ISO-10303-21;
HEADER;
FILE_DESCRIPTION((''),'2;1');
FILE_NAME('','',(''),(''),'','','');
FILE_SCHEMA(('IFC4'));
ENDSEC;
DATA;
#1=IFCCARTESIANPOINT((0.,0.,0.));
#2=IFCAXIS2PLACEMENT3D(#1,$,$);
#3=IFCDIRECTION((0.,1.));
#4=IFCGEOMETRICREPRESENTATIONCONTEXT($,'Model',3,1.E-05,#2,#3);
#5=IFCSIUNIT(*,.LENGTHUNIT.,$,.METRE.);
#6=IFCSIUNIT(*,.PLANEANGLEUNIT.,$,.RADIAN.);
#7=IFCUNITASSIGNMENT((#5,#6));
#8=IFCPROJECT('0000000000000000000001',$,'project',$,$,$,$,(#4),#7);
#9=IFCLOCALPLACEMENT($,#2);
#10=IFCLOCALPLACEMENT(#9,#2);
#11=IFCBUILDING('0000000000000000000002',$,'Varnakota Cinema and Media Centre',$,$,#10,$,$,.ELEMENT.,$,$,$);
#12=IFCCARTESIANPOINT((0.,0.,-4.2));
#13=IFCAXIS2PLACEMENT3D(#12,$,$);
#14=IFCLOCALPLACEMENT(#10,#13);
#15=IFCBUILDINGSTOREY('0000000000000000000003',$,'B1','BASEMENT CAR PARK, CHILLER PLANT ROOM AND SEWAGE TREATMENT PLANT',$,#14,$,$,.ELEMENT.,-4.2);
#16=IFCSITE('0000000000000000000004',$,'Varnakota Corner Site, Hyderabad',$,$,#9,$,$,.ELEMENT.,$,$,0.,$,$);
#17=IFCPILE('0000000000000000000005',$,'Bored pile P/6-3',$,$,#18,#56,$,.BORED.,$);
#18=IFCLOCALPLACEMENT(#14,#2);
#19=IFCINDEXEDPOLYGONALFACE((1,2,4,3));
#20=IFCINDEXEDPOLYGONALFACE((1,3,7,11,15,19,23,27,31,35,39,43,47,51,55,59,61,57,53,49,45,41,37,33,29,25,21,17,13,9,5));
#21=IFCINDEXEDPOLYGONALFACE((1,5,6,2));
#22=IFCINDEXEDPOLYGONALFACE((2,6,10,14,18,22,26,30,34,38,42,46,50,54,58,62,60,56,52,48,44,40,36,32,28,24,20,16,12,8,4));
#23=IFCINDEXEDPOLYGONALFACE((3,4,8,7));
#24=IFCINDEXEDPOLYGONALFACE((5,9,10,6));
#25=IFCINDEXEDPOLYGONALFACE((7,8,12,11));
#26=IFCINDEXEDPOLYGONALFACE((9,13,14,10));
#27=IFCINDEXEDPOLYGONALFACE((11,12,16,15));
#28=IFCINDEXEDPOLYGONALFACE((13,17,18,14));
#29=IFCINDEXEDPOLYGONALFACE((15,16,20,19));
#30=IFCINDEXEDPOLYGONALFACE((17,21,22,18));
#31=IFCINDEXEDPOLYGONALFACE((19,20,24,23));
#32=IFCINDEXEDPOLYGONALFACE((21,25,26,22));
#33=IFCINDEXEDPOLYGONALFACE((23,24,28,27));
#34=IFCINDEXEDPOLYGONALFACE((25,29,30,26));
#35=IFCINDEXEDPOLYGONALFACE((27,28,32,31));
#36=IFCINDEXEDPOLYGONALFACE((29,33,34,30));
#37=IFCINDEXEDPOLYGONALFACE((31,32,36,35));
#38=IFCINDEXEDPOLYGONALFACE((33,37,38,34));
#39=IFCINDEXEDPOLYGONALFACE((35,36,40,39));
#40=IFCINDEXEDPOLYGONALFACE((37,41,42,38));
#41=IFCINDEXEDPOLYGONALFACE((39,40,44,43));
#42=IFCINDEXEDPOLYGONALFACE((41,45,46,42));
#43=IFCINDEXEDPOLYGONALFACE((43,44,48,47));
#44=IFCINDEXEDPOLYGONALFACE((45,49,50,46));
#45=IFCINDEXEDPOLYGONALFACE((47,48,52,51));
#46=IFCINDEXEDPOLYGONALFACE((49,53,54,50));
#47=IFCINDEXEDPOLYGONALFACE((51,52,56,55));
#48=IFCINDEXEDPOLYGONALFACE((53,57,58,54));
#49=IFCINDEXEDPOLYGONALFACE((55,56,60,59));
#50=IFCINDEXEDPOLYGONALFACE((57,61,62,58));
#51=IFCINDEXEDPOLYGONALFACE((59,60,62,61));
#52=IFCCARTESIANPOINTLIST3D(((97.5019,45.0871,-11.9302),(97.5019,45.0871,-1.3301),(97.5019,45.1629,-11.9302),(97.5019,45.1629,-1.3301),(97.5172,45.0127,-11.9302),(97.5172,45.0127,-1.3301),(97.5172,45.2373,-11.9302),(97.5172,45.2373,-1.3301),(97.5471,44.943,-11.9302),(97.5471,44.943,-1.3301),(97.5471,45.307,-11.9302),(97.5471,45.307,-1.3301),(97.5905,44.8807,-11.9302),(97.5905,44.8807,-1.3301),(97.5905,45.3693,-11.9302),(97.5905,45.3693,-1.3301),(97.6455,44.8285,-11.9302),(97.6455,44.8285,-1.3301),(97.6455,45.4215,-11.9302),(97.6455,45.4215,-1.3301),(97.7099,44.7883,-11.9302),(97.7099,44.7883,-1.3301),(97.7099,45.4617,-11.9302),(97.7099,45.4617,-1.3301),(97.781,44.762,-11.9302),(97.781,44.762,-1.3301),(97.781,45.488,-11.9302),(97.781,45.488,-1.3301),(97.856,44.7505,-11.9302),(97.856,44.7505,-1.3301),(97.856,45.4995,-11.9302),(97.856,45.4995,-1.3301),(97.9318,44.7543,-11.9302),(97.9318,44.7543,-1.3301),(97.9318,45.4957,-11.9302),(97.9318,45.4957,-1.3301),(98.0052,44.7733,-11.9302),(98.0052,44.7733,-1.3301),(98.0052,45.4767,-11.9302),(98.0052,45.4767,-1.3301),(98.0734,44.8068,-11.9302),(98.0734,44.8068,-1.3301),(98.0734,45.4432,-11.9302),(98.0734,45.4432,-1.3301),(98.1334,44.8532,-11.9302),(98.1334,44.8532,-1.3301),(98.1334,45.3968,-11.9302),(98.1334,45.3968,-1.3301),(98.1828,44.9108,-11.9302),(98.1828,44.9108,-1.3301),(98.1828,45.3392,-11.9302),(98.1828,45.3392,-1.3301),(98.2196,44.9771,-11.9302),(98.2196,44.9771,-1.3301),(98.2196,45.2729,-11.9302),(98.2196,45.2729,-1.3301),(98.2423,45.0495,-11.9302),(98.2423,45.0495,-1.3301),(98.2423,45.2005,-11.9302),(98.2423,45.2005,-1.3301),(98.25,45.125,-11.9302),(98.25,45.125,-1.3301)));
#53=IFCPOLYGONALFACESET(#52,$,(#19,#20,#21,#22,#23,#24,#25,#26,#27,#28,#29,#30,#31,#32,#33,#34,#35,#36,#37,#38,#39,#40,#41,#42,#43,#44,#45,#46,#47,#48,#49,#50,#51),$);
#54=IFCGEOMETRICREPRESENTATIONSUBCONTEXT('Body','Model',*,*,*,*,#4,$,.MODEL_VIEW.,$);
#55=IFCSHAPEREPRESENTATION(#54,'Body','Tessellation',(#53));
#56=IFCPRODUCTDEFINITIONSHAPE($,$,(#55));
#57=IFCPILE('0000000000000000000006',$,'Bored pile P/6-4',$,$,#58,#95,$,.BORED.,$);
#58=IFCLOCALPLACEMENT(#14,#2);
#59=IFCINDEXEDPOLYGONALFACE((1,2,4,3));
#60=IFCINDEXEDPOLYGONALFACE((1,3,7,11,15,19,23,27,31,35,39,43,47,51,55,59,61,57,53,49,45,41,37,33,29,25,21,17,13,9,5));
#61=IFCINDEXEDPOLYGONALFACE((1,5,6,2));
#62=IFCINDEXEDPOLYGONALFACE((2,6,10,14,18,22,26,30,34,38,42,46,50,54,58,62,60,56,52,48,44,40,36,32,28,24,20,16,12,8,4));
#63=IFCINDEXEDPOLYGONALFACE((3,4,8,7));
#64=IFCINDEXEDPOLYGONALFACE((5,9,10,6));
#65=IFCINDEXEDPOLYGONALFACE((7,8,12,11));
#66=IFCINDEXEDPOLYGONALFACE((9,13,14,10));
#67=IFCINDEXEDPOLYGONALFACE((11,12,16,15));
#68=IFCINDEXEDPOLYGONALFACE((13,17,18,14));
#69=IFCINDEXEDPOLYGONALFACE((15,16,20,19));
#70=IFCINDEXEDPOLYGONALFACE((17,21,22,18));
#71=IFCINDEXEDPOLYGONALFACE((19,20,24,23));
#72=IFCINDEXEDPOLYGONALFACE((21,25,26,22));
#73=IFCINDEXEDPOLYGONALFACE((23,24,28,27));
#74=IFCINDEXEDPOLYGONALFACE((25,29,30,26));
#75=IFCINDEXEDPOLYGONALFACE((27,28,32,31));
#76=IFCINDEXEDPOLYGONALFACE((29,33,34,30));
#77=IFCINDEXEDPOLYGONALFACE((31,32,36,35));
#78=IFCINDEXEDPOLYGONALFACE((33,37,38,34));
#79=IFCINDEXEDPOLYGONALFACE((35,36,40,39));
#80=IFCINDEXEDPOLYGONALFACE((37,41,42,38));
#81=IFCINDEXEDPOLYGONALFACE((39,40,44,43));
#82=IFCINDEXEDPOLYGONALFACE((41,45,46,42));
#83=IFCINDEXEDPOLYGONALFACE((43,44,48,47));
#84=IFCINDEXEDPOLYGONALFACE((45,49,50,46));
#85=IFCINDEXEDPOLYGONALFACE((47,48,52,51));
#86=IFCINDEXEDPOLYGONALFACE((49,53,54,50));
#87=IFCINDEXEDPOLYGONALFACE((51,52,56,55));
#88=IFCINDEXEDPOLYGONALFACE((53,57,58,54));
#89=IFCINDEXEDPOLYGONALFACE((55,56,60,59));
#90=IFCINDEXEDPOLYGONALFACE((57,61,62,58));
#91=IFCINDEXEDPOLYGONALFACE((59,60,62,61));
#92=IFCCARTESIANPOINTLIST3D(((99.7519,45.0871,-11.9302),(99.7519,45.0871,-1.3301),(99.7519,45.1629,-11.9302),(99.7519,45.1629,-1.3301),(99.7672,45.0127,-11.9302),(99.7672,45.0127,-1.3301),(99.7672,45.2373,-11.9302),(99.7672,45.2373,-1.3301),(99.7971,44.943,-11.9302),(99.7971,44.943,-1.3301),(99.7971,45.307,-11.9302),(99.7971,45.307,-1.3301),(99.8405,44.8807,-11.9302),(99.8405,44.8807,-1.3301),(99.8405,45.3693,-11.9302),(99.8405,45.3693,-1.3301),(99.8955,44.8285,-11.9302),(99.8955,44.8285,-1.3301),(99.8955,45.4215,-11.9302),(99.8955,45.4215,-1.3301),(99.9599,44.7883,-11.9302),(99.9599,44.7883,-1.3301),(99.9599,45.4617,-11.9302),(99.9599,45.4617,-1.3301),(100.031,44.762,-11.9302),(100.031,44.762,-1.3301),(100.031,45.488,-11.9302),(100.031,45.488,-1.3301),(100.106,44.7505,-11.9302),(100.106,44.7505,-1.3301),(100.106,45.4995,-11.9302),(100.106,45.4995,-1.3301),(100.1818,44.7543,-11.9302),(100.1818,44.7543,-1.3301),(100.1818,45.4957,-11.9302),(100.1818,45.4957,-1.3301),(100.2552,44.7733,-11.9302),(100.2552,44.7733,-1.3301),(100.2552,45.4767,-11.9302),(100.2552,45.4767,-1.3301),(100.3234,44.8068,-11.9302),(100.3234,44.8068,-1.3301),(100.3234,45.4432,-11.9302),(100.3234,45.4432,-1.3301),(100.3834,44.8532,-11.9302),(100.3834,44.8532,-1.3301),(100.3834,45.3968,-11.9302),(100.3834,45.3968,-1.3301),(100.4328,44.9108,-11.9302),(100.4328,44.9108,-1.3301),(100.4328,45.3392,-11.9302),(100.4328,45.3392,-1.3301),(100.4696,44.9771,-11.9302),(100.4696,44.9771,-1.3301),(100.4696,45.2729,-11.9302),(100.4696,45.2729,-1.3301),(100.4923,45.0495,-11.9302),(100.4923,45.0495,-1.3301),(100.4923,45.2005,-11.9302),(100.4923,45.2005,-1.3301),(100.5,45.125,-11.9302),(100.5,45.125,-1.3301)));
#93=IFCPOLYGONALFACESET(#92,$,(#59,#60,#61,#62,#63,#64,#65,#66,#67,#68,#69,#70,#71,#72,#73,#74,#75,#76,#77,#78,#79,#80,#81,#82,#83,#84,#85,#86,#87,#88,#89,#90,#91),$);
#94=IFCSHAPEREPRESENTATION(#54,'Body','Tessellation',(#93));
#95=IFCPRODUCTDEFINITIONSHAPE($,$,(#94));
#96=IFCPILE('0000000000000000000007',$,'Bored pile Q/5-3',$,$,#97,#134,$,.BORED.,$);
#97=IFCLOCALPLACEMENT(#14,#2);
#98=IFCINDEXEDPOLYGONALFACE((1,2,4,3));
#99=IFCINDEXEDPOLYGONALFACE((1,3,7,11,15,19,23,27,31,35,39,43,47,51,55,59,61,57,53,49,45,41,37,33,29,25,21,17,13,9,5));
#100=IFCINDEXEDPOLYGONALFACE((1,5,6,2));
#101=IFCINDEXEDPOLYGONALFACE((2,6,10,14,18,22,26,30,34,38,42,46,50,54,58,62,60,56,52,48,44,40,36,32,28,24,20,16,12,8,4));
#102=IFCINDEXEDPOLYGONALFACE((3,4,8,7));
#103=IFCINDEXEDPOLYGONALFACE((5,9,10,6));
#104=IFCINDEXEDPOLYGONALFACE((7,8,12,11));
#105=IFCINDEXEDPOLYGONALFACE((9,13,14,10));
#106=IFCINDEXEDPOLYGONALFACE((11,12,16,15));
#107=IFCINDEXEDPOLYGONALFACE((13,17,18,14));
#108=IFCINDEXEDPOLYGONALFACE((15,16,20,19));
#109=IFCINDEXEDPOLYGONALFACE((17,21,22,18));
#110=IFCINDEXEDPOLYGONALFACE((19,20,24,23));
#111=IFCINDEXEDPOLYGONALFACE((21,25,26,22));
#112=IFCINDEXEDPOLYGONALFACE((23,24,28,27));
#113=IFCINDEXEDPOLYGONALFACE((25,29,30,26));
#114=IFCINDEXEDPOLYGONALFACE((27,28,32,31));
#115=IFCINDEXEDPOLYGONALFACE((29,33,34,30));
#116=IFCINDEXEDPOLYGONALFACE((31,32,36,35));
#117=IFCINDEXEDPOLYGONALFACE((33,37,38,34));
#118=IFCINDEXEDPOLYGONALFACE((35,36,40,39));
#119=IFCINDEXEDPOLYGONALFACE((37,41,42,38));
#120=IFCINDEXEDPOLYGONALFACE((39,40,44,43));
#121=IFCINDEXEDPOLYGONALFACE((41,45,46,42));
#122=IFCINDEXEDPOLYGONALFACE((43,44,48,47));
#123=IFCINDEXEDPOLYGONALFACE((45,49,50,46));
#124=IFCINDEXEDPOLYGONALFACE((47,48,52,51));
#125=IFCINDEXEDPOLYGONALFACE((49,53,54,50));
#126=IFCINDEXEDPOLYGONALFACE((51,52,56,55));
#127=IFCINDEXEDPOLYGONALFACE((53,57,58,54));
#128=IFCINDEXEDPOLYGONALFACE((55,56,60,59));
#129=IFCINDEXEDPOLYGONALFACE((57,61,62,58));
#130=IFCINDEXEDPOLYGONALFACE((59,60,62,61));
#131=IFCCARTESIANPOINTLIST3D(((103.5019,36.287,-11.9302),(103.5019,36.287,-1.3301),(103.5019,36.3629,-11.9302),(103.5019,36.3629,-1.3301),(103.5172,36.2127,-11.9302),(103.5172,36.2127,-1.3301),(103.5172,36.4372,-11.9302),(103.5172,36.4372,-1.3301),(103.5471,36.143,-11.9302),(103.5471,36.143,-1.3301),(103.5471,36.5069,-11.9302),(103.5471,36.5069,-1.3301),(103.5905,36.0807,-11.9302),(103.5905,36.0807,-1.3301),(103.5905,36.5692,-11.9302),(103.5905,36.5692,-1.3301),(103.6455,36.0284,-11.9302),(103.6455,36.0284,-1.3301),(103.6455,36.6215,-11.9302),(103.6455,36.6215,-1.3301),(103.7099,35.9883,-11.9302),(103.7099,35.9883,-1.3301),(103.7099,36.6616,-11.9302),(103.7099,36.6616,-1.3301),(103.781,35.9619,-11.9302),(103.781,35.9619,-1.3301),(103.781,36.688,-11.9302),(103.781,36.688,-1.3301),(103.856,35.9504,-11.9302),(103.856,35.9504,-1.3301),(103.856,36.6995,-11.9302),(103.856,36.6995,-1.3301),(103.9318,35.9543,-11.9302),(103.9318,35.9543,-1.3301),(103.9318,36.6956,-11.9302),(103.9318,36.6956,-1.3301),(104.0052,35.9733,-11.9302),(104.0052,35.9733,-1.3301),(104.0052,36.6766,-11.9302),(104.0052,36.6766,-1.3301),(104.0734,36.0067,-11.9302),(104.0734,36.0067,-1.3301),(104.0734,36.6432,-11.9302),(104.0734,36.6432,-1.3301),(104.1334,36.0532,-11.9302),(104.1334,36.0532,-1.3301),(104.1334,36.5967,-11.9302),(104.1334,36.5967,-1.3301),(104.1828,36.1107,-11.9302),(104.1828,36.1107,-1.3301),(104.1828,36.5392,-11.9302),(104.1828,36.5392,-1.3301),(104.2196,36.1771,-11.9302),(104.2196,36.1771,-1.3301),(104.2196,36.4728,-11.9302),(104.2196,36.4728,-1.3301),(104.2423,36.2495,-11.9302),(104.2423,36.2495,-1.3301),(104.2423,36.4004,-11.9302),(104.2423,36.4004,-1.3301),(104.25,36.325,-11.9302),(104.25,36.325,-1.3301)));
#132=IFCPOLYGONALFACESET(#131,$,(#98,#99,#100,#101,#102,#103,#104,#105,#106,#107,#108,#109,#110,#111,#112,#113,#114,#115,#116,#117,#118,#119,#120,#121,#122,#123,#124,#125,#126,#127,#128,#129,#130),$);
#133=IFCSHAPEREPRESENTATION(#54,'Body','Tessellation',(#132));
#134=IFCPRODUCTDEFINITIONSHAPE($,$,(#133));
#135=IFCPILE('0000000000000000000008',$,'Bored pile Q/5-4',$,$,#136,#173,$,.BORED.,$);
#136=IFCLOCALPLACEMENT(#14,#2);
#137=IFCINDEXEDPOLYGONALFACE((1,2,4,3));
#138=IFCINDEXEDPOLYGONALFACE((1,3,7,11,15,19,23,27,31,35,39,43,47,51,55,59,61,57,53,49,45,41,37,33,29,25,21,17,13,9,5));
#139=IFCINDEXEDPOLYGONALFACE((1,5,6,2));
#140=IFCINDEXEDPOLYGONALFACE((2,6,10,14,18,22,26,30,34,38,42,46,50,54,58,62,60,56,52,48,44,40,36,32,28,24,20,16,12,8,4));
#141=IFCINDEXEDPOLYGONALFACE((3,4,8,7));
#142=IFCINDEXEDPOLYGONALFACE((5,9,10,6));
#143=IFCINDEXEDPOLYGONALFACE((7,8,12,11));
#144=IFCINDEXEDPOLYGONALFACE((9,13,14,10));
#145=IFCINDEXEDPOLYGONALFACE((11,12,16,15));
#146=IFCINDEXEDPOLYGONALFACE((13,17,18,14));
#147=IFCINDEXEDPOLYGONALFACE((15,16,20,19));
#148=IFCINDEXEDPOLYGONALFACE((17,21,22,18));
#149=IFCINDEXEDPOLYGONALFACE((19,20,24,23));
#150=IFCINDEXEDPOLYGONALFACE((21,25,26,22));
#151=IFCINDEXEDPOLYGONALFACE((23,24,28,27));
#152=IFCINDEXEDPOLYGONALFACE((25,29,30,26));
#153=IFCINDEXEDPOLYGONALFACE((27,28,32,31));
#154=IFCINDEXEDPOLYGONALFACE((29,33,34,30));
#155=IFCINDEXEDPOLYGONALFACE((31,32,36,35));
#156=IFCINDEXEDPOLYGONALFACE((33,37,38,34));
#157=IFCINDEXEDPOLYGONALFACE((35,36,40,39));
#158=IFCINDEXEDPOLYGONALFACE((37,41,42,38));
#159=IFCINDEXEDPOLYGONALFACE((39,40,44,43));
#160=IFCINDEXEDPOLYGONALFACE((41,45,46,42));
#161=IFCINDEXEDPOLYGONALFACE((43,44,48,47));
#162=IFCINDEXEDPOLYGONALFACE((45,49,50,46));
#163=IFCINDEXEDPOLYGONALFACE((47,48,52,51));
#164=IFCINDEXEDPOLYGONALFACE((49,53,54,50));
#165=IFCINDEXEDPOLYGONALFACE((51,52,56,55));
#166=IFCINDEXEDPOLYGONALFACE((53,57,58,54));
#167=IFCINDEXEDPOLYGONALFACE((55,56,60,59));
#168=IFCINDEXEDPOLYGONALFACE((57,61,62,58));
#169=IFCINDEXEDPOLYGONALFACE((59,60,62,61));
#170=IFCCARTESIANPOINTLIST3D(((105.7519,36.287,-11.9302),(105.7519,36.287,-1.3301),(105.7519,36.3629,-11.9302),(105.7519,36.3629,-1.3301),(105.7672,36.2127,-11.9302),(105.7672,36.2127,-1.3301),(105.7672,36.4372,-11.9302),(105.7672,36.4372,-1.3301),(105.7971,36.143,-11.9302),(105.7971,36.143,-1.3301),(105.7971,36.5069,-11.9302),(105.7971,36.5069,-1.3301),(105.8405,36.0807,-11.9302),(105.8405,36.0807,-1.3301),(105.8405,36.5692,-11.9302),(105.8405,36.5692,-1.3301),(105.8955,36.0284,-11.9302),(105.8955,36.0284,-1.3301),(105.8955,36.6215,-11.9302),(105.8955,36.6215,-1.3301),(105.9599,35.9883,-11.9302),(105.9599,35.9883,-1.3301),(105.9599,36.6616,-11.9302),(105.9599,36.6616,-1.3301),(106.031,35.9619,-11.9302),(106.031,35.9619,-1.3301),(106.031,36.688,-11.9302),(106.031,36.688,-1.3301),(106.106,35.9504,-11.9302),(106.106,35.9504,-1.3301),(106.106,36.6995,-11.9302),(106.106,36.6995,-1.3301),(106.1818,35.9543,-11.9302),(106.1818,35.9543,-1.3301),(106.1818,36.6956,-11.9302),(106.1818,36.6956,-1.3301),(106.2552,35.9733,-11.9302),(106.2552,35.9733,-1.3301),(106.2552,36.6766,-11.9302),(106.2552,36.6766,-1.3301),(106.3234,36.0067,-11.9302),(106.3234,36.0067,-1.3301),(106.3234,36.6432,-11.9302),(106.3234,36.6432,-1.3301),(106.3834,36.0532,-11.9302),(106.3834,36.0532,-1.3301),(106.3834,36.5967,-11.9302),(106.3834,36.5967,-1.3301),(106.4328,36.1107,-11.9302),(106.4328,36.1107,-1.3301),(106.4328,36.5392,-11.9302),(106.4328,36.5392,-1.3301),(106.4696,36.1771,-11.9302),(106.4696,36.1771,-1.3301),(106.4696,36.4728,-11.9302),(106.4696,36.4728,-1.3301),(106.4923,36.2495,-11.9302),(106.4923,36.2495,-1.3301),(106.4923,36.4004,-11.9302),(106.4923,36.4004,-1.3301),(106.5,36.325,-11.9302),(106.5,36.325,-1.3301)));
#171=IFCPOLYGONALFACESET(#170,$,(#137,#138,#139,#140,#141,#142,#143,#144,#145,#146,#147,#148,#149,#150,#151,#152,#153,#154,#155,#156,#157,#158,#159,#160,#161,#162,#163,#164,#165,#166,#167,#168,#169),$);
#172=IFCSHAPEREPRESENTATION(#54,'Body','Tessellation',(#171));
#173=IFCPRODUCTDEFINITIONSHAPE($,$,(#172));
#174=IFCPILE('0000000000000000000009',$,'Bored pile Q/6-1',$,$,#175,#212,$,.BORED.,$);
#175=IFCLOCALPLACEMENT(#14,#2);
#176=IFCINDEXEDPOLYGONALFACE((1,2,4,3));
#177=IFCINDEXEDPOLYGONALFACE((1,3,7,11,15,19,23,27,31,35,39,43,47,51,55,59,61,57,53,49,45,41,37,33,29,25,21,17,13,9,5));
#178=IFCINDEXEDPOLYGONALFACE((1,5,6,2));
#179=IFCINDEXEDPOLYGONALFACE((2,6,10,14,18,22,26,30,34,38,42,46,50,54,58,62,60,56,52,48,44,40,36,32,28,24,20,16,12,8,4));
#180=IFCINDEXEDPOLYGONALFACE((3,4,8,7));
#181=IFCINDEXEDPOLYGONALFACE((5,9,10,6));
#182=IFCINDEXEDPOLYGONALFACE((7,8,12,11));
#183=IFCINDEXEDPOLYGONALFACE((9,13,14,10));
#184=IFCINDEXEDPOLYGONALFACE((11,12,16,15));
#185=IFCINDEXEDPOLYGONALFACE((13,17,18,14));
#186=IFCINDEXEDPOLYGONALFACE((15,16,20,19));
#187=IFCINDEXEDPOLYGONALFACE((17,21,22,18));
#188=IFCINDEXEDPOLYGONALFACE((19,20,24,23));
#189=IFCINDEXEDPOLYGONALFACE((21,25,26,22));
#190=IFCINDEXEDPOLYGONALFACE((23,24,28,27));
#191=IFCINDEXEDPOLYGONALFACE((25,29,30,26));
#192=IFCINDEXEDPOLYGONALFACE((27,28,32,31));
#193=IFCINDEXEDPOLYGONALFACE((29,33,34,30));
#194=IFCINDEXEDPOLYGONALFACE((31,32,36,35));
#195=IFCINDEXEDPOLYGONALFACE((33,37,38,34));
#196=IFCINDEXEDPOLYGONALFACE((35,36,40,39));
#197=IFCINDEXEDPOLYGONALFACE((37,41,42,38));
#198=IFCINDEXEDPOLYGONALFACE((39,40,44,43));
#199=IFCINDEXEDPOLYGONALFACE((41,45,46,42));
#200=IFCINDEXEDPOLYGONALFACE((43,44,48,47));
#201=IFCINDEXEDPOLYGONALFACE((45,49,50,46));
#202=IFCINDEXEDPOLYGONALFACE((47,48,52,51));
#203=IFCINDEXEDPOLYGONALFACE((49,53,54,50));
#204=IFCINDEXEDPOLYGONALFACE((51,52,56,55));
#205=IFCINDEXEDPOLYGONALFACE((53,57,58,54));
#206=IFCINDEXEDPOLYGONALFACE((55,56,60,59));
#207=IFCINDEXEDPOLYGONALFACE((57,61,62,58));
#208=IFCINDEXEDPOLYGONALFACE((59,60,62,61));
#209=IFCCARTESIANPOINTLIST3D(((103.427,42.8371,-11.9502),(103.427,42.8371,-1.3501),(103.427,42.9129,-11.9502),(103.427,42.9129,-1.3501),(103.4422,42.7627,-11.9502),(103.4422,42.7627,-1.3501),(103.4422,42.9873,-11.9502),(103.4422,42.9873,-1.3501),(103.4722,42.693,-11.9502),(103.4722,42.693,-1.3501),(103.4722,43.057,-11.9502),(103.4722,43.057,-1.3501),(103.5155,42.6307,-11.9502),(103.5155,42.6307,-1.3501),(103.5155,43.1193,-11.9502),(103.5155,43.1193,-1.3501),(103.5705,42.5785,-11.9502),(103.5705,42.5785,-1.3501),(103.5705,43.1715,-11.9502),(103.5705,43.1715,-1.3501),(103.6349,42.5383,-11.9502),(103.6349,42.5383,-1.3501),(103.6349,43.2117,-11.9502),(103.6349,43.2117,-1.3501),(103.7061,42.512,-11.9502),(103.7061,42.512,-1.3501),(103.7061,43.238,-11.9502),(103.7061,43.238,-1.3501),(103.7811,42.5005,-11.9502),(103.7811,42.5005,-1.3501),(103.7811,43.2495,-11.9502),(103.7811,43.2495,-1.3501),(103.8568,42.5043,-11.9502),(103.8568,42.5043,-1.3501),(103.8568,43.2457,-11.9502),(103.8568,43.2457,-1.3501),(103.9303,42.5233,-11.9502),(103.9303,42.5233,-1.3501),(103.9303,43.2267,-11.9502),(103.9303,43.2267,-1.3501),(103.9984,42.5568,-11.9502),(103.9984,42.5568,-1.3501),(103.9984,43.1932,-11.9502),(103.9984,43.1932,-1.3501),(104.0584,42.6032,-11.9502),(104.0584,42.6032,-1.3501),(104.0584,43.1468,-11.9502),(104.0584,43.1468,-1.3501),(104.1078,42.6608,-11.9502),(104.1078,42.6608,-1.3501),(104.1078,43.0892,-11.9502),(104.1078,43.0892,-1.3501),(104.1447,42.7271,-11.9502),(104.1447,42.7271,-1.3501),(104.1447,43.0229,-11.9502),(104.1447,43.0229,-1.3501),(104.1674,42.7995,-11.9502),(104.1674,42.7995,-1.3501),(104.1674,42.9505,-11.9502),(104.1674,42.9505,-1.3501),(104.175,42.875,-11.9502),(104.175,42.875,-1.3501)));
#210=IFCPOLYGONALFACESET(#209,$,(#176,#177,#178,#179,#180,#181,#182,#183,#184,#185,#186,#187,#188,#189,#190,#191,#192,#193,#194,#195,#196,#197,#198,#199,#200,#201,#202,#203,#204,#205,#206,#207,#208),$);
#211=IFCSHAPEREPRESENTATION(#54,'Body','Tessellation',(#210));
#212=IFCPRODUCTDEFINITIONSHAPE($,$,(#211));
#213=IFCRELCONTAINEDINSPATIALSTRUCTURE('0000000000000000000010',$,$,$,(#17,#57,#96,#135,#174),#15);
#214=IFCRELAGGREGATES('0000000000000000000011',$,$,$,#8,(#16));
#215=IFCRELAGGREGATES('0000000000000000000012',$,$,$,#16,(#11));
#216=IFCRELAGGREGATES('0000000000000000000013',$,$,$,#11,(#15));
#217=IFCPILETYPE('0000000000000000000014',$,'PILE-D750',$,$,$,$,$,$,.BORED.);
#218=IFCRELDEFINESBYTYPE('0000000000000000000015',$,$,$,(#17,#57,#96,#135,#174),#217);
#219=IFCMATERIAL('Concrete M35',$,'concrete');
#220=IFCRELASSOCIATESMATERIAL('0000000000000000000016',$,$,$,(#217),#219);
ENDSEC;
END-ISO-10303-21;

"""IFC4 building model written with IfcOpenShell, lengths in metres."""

from ifc_helpers import new_model, si_unit, direction, frame, origin, origin_2d, place, context, subcontext, project, spatial, circle, extrude, material, material_profile, profile_set, type_object, element, save


model = new_model("IFC4")

# Units and contexts
model_context = context("Model", 3, precision=1e-05, world=origin(), true_north=direction((0.0, 1.0)))
body_context = subcontext(model_context, "Body", "Model", "MODEL_VIEW")
ifc_project = project(units=[si_unit("LENGTHUNIT", "METRE"), si_unit("PLANEANGLEUNIT", "RADIAN")], contexts=[model_context])

# Site, building, storey
site_placement = place(None, origin())
site = spatial("IfcSite", under=ifc_project, at=site_placement, Name="Varnakota Corner Site, Hyderabad", CompositionType="ELEMENT", RefElevation=0.0)
building_placement = place(site_placement, origin())
building = spatial("IfcBuilding", under=site, at=building_placement, Name="Varnakota Cinema and Media Centre", CompositionType="ELEMENT")
storey_placement = place(building_placement, frame((0.0, 0.0, -4.2)))
storey = spatial("IfcBuildingStorey", under=building, at=storey_placement, Name="B1", Description="BASEMENT CAR PARK, CHILLER PLANT ROOM AND SEWAGE TREATMENT PLANT", CompositionType="ELEMENT", Elevation=-4.2)

# Piles
ifc_material_1 = material(Name="Concrete M35", Category="concrete")
ifc_material_profile_1 = material_profile(ifc_material_1, circle(Radius=0.375, at=origin_2d()), Name="PILE D750")
ifc_profile_set_1 = profile_set([ifc_material_profile_1], Name="Concrete M35")
pile_type = type_object("IfcPileType", Name="PILE-D750", PredefinedType="BORED", material=ifc_profile_set_1)
for number, where, z_axis, x_axis, name in (
    (1, (97.875, 45.125, -1.3301), (0.0, 0.0, -1.0), (1.0, 0.0, 0.0), "Bored pile P/6-3"),
    (2, (100.125, 45.125, -1.3301), (0.0, 0.0, -1.0), (1.0, 0.0, 0.0), "Bored pile P/6-4"),
    (3, (103.875, 36.325, -1.3301), (0.0, 0.0, -1.0), (1.0, 0.0, 0.0), "Bored pile Q/5-3"),
    (4, (106.125, 36.325, -1.3301), (0.0, 0.0, -1.0), (1.0, 0.0, 0.0), "Bored pile Q/5-4"),
    (5, (103.8, 42.875, -1.3501), (0.0, 0.0, -1.0), (1.0, 0.0, 0.0), "Bored pile Q/6-1"),
):
    element("IfcPile", number, at=place(storey_placement, frame(where, z_axis=z_axis, x_axis=x_axis)), inside=storey, type_object=pile_type, Name=name, PredefinedType="BORED", context=body_context, shape_type="SweptSolid", body=[
        extrude(circle(Radius=0.375, at=origin_2d()), origin(), (0.0, 0.0, 1.0), 10.6001),
    ])

save(model, "model.ifc")
